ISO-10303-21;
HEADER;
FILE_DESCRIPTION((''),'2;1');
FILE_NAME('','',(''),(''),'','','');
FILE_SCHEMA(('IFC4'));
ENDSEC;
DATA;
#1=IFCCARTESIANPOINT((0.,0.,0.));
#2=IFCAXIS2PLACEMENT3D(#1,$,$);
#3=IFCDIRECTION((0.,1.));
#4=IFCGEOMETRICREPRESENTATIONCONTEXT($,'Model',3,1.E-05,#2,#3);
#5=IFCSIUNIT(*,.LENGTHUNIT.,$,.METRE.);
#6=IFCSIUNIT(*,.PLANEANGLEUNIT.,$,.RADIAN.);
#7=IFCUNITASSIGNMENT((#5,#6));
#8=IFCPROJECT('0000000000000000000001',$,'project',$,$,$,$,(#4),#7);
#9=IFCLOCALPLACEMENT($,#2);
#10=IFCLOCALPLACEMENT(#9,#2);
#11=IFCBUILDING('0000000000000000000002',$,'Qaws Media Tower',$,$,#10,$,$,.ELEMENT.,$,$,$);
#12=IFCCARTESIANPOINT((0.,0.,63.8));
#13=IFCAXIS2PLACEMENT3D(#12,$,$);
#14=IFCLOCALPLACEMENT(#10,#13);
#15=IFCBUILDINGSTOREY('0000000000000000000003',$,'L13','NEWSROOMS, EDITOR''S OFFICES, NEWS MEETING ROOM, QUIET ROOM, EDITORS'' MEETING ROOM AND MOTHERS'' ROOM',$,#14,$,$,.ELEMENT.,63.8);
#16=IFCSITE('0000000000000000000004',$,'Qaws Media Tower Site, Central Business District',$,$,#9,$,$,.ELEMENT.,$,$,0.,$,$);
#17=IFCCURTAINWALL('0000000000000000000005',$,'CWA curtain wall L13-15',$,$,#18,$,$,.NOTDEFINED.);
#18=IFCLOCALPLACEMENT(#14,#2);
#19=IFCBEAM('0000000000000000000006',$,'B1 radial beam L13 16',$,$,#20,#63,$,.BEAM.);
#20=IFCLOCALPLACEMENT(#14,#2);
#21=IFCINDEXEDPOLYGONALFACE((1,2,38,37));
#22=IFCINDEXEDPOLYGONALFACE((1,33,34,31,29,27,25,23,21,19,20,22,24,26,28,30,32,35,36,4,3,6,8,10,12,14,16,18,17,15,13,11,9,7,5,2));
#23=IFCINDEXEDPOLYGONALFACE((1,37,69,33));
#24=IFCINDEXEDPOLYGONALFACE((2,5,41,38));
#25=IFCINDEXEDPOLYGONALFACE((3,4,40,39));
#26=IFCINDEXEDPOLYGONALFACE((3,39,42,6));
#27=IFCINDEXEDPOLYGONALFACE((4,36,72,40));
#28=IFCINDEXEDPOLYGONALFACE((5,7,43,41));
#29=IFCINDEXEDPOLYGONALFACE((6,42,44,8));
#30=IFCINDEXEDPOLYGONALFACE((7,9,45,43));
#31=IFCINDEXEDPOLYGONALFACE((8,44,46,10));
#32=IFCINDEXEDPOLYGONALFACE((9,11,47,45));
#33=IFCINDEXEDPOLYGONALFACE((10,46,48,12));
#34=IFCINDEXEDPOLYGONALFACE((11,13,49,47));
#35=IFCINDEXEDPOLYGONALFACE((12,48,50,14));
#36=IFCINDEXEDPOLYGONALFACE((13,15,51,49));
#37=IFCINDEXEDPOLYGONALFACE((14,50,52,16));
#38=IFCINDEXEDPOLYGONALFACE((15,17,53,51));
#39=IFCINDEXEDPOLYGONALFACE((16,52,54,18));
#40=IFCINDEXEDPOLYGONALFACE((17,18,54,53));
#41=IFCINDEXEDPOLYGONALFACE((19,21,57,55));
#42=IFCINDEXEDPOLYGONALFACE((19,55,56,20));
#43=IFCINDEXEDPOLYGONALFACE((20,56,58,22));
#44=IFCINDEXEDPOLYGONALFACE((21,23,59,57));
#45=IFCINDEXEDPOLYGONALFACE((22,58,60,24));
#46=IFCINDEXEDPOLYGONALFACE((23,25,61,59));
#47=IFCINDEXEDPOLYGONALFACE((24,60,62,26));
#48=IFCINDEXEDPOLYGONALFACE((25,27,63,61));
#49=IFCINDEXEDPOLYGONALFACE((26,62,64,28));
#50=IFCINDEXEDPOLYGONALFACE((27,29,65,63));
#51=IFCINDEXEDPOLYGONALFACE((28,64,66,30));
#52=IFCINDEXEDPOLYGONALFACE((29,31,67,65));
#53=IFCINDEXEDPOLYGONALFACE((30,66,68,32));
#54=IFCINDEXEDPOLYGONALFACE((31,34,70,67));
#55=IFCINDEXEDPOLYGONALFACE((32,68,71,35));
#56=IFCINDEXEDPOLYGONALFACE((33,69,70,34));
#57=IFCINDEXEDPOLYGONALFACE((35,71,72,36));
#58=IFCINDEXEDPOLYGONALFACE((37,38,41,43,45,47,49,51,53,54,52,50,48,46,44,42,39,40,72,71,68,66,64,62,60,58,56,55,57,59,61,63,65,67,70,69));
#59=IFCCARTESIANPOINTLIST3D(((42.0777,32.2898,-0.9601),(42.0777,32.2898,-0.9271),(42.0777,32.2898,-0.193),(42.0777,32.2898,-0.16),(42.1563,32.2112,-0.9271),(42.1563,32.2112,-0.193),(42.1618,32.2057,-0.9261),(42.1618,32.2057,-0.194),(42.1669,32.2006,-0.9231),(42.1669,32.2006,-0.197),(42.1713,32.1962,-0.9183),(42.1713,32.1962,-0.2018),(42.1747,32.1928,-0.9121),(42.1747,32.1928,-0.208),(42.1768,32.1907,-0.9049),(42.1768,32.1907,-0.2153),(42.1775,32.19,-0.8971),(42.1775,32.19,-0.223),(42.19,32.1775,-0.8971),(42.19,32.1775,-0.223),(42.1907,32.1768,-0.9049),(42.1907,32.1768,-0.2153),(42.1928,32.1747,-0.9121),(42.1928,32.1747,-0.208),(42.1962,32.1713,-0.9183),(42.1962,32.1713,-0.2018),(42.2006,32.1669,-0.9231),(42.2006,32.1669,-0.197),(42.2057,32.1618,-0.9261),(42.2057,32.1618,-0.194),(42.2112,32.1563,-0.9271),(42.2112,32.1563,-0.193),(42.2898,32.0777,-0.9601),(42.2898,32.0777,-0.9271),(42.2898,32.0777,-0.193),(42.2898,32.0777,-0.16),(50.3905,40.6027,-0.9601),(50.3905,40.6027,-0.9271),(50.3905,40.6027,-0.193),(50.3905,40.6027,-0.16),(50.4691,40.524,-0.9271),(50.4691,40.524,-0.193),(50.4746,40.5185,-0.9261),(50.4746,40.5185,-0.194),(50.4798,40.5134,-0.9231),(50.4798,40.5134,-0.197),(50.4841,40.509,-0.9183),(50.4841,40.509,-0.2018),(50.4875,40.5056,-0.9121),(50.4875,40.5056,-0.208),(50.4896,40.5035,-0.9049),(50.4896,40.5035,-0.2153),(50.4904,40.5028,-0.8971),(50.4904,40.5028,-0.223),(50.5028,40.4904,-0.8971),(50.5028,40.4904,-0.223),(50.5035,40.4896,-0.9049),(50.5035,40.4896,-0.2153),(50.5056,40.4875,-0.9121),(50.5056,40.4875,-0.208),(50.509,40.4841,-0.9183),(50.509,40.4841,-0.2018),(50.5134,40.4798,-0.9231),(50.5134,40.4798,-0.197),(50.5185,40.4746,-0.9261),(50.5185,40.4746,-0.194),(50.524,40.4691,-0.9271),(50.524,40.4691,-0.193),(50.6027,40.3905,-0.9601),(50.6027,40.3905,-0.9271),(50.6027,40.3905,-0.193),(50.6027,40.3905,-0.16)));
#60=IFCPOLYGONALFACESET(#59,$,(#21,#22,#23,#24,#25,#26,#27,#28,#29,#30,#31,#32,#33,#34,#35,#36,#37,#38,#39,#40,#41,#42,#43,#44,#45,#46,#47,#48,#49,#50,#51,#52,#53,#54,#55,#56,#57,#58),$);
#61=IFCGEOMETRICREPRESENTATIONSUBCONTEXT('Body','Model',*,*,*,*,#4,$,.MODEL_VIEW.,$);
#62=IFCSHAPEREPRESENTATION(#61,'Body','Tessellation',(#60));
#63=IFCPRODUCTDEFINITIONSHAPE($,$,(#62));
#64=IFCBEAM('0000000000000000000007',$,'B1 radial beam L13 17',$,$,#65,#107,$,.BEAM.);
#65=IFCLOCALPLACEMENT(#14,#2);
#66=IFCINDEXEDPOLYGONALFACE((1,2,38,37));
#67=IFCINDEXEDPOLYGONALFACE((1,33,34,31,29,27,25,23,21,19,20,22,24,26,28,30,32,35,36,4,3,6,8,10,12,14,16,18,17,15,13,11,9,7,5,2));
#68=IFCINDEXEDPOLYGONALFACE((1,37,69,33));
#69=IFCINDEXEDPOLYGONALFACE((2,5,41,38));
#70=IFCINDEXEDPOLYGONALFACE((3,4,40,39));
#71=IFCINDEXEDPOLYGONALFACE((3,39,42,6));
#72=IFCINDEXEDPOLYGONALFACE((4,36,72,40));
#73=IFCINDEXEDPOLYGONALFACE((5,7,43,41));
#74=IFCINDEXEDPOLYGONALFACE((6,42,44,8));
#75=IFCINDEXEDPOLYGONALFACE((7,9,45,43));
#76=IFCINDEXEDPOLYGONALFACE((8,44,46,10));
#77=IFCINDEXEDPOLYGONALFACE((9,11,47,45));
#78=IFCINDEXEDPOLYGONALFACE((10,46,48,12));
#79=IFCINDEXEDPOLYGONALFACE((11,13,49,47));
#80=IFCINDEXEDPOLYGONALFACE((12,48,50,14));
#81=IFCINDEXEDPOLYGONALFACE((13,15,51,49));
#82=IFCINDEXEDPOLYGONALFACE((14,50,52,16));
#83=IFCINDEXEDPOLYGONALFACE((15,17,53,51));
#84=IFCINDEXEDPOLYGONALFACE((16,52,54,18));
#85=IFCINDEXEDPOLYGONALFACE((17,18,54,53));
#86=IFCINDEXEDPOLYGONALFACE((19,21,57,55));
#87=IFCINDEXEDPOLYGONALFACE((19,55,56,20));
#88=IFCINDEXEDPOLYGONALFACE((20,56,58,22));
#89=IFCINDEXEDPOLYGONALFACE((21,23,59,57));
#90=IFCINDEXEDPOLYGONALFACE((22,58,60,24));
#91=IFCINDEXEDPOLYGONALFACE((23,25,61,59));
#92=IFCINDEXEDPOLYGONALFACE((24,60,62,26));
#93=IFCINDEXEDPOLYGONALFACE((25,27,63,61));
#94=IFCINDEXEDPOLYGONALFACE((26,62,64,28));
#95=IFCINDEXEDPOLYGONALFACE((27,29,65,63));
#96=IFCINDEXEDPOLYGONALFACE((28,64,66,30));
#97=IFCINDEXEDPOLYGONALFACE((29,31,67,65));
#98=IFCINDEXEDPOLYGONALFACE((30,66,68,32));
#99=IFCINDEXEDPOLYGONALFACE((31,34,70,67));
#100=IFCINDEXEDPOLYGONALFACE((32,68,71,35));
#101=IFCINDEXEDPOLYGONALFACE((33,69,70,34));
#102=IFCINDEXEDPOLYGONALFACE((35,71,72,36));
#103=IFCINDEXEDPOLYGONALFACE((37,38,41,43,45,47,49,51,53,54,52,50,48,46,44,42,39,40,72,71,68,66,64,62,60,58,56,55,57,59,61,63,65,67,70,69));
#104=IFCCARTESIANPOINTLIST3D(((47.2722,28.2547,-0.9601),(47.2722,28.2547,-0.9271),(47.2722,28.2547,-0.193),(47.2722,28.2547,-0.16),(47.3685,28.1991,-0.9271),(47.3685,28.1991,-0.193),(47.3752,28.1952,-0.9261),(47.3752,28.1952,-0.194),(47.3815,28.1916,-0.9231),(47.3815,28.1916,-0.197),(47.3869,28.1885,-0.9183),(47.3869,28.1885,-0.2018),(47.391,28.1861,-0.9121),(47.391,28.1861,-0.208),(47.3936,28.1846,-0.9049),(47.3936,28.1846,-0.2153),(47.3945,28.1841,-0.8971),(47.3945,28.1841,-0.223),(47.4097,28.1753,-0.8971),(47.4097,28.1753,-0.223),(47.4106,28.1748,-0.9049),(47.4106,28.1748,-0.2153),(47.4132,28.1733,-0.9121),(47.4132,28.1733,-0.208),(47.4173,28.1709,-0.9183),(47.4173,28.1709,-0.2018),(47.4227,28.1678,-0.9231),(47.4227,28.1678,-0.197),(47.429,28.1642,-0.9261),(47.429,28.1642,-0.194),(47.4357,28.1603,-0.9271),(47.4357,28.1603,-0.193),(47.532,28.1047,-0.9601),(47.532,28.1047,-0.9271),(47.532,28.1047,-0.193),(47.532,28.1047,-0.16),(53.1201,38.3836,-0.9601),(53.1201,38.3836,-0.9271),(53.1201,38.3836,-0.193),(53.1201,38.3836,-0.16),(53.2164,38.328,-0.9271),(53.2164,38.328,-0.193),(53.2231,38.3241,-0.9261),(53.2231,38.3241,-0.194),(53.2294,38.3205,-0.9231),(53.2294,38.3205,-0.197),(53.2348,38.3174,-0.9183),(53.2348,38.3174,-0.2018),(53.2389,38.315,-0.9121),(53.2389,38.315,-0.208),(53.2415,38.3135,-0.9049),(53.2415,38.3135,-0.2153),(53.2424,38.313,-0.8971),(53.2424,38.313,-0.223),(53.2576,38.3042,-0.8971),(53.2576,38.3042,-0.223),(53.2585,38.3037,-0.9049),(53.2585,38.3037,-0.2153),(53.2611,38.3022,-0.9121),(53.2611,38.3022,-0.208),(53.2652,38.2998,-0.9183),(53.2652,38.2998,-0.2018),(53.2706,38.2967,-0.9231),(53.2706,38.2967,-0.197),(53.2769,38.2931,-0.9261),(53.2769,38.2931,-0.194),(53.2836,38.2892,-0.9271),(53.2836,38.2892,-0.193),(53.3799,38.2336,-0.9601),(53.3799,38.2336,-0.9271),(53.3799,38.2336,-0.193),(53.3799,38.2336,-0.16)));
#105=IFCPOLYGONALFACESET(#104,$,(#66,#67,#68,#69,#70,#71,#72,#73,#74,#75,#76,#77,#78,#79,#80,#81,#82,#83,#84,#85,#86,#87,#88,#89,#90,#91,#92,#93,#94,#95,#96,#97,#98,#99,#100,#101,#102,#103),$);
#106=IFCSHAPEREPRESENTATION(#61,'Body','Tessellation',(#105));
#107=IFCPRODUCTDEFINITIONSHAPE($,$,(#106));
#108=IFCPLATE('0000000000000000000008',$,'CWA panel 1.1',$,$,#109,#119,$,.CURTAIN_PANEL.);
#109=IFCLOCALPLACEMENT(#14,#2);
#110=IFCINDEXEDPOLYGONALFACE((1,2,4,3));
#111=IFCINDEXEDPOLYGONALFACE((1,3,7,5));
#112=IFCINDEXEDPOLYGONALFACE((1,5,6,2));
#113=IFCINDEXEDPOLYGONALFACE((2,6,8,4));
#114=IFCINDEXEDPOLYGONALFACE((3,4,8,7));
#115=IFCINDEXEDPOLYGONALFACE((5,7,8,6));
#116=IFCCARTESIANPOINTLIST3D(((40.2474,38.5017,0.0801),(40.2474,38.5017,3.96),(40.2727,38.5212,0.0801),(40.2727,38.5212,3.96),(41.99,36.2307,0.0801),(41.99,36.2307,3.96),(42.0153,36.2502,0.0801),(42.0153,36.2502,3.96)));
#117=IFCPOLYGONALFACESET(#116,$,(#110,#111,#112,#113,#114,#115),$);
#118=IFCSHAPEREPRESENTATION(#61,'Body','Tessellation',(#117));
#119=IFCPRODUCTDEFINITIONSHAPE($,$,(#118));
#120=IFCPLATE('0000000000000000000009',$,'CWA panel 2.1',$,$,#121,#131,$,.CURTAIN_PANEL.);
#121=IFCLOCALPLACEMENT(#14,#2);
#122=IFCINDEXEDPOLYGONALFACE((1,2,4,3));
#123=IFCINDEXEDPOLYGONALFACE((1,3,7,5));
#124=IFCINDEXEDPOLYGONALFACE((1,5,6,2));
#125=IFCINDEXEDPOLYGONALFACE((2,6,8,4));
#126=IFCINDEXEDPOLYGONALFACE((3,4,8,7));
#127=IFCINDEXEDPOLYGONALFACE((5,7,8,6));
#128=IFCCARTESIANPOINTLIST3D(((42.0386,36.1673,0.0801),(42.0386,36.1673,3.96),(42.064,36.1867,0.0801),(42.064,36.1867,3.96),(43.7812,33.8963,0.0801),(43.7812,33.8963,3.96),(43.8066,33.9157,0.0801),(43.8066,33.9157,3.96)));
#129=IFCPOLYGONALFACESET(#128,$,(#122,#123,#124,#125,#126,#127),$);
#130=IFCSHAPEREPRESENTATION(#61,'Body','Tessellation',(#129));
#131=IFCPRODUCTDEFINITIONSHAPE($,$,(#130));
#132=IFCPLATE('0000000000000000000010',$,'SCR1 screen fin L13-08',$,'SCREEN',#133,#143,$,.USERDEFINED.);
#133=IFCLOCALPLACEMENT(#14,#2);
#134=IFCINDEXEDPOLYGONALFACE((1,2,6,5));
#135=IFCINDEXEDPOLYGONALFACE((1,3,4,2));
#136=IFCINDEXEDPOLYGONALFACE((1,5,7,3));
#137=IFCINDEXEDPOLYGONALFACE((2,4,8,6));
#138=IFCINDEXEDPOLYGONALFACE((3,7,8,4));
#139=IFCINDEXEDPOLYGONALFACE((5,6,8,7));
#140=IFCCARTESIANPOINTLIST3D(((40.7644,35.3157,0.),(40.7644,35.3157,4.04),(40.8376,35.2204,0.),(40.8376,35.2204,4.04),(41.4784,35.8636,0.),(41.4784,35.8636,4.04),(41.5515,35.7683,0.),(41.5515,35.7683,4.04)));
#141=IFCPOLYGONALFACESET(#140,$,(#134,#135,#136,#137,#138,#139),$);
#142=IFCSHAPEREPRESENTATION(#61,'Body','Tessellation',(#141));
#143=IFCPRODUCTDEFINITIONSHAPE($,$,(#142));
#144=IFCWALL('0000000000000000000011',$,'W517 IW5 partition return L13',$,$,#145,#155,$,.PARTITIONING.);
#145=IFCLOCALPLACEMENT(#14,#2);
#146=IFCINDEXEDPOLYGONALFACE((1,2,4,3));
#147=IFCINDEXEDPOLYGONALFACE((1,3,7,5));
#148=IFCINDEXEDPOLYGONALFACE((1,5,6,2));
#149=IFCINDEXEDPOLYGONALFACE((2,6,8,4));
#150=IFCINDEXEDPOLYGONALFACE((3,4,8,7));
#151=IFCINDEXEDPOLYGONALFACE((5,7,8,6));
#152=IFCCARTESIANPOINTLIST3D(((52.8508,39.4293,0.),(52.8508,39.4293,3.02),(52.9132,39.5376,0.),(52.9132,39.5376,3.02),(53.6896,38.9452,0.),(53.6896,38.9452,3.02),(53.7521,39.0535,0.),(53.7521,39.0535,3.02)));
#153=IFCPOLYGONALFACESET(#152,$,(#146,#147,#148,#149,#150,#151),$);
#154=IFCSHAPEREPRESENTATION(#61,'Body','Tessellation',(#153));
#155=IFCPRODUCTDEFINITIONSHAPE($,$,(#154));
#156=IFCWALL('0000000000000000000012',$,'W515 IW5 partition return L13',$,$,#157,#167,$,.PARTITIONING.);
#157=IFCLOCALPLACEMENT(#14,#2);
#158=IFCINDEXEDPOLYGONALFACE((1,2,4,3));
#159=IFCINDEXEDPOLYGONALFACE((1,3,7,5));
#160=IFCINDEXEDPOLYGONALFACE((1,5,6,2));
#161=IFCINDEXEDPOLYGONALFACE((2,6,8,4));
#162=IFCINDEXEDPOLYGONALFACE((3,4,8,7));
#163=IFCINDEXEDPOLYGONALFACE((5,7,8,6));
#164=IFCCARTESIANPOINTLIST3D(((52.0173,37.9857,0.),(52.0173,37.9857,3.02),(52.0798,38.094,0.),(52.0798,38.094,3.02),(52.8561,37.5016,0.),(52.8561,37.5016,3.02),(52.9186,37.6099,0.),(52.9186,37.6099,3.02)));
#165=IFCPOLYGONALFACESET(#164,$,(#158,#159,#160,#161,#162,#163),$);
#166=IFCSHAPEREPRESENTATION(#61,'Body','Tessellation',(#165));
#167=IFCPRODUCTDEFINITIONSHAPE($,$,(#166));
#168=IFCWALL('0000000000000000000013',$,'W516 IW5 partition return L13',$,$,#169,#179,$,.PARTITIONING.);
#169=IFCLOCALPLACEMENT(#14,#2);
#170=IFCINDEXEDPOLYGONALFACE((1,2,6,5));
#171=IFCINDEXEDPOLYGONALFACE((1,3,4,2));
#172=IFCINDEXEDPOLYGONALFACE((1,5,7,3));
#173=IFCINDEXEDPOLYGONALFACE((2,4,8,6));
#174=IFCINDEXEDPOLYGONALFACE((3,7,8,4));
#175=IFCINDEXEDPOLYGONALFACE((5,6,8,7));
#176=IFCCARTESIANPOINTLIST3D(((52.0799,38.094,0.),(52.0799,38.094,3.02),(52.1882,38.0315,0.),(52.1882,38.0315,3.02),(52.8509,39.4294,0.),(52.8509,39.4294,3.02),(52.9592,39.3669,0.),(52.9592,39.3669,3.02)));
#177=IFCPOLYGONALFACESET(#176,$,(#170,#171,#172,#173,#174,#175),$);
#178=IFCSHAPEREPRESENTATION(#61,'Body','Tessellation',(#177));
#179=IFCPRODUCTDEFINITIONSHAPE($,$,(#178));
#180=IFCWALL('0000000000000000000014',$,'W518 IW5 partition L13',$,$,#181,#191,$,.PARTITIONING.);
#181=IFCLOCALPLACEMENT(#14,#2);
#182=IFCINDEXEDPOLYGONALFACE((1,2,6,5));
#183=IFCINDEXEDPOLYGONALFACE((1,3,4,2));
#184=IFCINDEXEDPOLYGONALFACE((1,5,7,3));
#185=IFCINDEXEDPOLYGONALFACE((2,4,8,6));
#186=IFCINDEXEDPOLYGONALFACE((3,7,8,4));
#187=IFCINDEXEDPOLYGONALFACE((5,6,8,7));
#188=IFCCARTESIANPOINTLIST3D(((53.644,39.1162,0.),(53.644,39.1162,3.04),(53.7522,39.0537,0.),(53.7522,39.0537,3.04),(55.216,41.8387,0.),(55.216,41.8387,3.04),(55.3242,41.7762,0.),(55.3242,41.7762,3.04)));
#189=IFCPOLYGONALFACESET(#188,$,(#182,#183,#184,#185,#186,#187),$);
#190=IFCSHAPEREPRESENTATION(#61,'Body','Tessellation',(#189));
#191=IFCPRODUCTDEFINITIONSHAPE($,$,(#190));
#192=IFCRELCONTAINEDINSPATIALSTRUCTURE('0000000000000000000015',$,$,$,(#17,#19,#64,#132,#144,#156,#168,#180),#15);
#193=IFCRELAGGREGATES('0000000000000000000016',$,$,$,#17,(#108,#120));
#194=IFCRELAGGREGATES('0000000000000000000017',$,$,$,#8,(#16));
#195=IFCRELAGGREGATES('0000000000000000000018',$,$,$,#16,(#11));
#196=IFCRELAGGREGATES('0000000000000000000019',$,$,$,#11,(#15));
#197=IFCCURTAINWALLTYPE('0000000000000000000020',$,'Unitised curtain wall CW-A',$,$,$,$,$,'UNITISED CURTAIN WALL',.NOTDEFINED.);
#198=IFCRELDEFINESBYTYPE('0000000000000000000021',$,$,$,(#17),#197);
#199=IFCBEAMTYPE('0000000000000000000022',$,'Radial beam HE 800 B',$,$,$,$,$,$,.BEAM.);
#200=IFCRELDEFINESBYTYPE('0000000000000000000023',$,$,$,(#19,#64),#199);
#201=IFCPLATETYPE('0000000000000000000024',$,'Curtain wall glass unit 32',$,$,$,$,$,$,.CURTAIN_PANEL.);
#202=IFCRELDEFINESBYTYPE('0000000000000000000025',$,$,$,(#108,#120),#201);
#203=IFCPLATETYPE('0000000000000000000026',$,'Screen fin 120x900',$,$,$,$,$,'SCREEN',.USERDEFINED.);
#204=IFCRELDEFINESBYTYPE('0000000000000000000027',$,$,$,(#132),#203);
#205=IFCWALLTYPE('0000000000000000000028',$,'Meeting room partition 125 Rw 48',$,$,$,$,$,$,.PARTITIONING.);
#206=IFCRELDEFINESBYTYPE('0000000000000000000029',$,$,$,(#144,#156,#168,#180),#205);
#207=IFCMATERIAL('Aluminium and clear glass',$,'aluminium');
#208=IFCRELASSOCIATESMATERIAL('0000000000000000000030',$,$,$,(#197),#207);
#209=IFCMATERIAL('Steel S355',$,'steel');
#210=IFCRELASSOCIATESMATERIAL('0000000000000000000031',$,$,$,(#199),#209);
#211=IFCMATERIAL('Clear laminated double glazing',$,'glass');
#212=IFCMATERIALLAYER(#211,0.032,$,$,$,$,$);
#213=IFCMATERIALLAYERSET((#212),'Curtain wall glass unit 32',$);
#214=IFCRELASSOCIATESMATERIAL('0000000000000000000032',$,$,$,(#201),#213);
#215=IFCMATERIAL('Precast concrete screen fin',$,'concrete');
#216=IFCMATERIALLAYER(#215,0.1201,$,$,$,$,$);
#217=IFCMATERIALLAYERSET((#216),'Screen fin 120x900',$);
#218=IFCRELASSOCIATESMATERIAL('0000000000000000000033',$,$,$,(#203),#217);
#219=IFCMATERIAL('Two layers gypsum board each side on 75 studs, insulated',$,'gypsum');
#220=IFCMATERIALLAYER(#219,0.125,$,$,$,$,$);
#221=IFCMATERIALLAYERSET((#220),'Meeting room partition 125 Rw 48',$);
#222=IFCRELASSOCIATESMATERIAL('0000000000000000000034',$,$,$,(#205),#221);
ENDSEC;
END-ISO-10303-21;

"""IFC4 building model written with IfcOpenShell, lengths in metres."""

from ifc_helpers import new_model, si_unit, direction, frame, frame_2d, origin, origin_2d, place, context, subcontext, project, spatial, rectangle, i_section, extrude, material, layer, layer_set, material_profile, profile_set, type_object, element, aggregate, save


model = new_model("IFC4")

# Units and contexts
model_context = context("Model", 3, precision=1e-05, world=origin(), true_north=direction((0.0, 1.0)))
body_context = subcontext(model_context, "Body", "Model", "MODEL_VIEW")
ifc_project = project(units=[si_unit("LENGTHUNIT", "METRE"), si_unit("PLANEANGLEUNIT", "RADIAN")], contexts=[model_context])

# Site, building, storey
site_placement = place(None, origin())
site = spatial("IfcSite", under=ifc_project, at=site_placement, Name="Qaws Media Tower Site, Central Business District", CompositionType="ELEMENT", RefElevation=0.0)
building_placement = place(site_placement, origin())
building = spatial("IfcBuilding", under=site, at=building_placement, Name="Qaws Media Tower", CompositionType="ELEMENT")
storey_placement = place(building_placement, frame((0.0, 0.0, 63.8)))
storey = spatial("IfcBuildingStorey", under=building, at=storey_placement, Name="L13", Description="NEWSROOMS, EDITOR'S OFFICES, NEWS MEETING ROOM, QUIET ROOM, EDITORS' MEETING ROOM AND MOTHERS' ROOM", CompositionType="ELEMENT", Elevation=63.8)

# Shared definitions
ifc_material_1 = material(Name="Aluminium and clear glass", Category="aluminium")
curtain_wall_type = type_object("IfcCurtainWallType", Name="Unitised curtain wall CW-A", ElementType="UNITISED CURTAIN WALL", PredefinedType="NOTDEFINED", material=ifc_material_1)

# Curtain wall
curtain_wall_1_placement = place(storey_placement, origin())
curtain_wall_1 = element("IfcCurtainWall", 1, at=curtain_wall_1_placement, inside=storey, type_object=curtain_wall_type, Name="CWA curtain wall L13-15", PredefinedType="NOTDEFINED")

# Beams
ifc_material_2 = material(Name="Steel S355", Category="steel")
ifc_material_profile_1 = material_profile(ifc_material_2, i_section(OverallWidth=0.3, OverallDepth=0.8, WebThickness=0.0176, FlangeThickness=0.033, FilletRadius=0.03, at=origin_2d()), Name="HE 800 B")
ifc_profile_set_1 = profile_set([ifc_material_profile_1], Name="Steel S355")
beam_type_1 = type_object("IfcBeamType", Name="Radial beam HE 800 B", PredefinedType="BEAM", material=ifc_profile_set_1)
beam_1_placement = place(storey_placement, frame((50.4966, 40.4966, -0.5601), z_axis=(-0.707107, -0.707107, 0.0), x_axis=(0.707107, -0.707107, 0.0)))
element("IfcBeam", 2, at=beam_1_placement, inside=storey, type_object=beam_type_1, Name="B1 radial beam L13 16", PredefinedType="BEAM", context=body_context, shape_type="SweptSolid", body=[
    extrude(i_section(OverallWidth=0.3, OverallDepth=0.8, WebThickness=0.0176, FlangeThickness=0.033, FilletRadius=0.03, at=origin_2d()), origin(), (0.0, 0.0, 1.0), 11.7561),
])
beam_2_placement = place(storey_placement, frame((53.25, 38.3086, -0.5601), z_axis=(-0.499998, -0.866026, 0.0), x_axis=(0.866026, -0.499998, 0.0)))
element("IfcBeam", 3, at=beam_2_placement, inside=storey, type_object=beam_type_1, Name="B1 radial beam L13 17", PredefinedType="BEAM", context=body_context, shape_type="SweptSolid", body=[
    extrude(i_section(OverallWidth=0.3, OverallDepth=0.8, WebThickness=0.0176, FlangeThickness=0.033, FilletRadius=0.03, at=origin_2d()), origin(), (0.0, 0.0, 1.0), 11.6958),
])

# Plates
ifc_material_3 = material(Name="Clear laminated double glazing", Category="glass")
ifc_layer_1 = layer(ifc_material_3, 0.032)
ifc_layer_set_1 = layer_set([ifc_layer_1], Name="Curtain wall glass unit 32")
plate_type_1 = type_object("IfcPlateType", Name="Curtain wall glass unit 32", PredefinedType="CURTAIN_PANEL", material=ifc_layer_set_1)
plate_1_placement = place(storey_placement, frame((41.1313, 37.376, 0.0801), z_axis=(0.0, 0.0, 1.0), x_axis=(0.608761, -0.793353, 0.0)))
plate_1 = element("IfcPlate", 4, at=plate_1_placement, type_object=plate_type_1, Name="CWA panel 1.1", PredefinedType="CURTAIN_PANEL", context=body_context, shape_type="SweptSolid", body=[
    extrude(rectangle(XDim=2.8625, YDim=0.032, at=origin_2d()), origin(), (0.0, 0.0, 1.0), 3.8799),
])
plate_2_placement = place(storey_placement, frame((42.9226, 35.0415, 0.0801), z_axis=(0.0, 0.0, 1.0), x_axis=(0.608761, -0.793353, 0.0)))
plate_2 = element("IfcPlate", 5, at=plate_2_placement, type_object=plate_type_1, Name="CWA panel 2.1", PredefinedType="CURTAIN_PANEL", context=body_context, shape_type="SweptSolid", body=[
    extrude(rectangle(XDim=2.8625, YDim=0.032, at=origin_2d()), origin(), (0.0, 0.0, 1.0), 3.8799),
])
aggregate(curtain_wall_1, [plate_1, plate_2])
ifc_material_4 = material(Name="Precast concrete screen fin", Category="concrete")
ifc_layer_2 = layer(ifc_material_4, 0.1201)
ifc_layer_set_2 = layer_set([ifc_layer_2], Name="Screen fin 120x900")
plate_type_2 = type_object("IfcPlateType", Name="Screen fin 120x900", ElementType="SCREEN", PredefinedType="USERDEFINED", material=ifc_layer_set_2)
plate_3_placement = place(storey_placement, frame((41.158, 35.542, 0.0), z_axis=(0.0, 0.0, 1.0), x_axis=(-0.793353, -0.608761, 0.0)))
element("IfcPlate", 6, at=plate_3_placement, inside=storey, type_object=plate_type_2, Name="SCR1 screen fin L13-08", ObjectType="SCREEN", PredefinedType="USERDEFINED", context=body_context, shape_type="SweptSolid", body=[
    extrude(rectangle(XDim=0.8999, YDim=0.1201, at=origin_2d()), origin(), (0.0, 0.0, 1.0), 4.04),
])

# Walls
ifc_material_5 = material(Name="Two layers gypsum board each side on 75 studs, insulated", Category="gypsum")
ifc_layer_3 = layer(ifc_material_5, 0.125)
ifc_layer_set_3 = layer_set([ifc_layer_3], Name="Meeting room partition 125 Rw 48")
wall_type_1 = type_object("IfcWallType", Name="Meeting room partition 125 Rw 48", PredefinedType="PARTITIONING", material=ifc_layer_set_3)
for number, where, z_axis, x_axis, name in (
    (7, (53.7209, 38.9993, 0.0), (0.0, 0.0, 1.0), (-0.86611, 0.499853, 0.0), "W517 IW5 partition return L13"),
    (8, (52.8875, 37.5557, 0.0), (0.0, 0.0, 1.0), (-0.86611, 0.499853, 0.0), "W515 IW5 partition return L13"),
):
    element("IfcWall", number, at=place(storey_placement, frame(where, z_axis=z_axis, x_axis=x_axis)), inside=storey, type_object=wall_type_1, Name=name, PredefinedType="PARTITIONING", context=body_context, shape_type="SweptSolid", body=[
        extrude(rectangle(XDim=0.9685, YDim=0.125, at=frame_2d((0.4844, 0.0))), origin(), (0.0, 0.0, 1.0), 3.02),
    ])
wall_1_placement = place(storey_placement, frame((52.905, 39.3982, 0.0), z_axis=(0.0, 0.0, 1.0), x_axis=(-0.499987, -0.866033, 0.0)))
element("IfcWall", 9, at=wall_1_placement, inside=storey, type_object=wall_type_1, Name="W516 IW5 partition return L13", PredefinedType="PARTITIONING", context=body_context, shape_type="SweptSolid", body=[
    extrude(rectangle(XDim=1.542, YDim=0.125, at=frame_2d((0.771, 0.0))), origin(), (0.0, 0.0, 1.0), 3.02),
])
wall_2_placement = place(storey_placement, frame((55.27, 41.8074, 0.0), z_axis=(0.0, 0.0, 1.0), x_axis=(-0.500023, -0.866012, 0.0)))
element("IfcWall", 10, at=wall_2_placement, inside=storey, type_object=wall_type_1, Name="W518 IW5 partition L13", PredefinedType="PARTITIONING", context=body_context, shape_type="SweptSolid", body=[
    extrude(rectangle(XDim=3.1438, YDim=0.125, at=frame_2d((1.5718, 0.0))), origin(), (0.0, 0.0, 1.0), 3.04),
])

save(model, "model.ifc")
